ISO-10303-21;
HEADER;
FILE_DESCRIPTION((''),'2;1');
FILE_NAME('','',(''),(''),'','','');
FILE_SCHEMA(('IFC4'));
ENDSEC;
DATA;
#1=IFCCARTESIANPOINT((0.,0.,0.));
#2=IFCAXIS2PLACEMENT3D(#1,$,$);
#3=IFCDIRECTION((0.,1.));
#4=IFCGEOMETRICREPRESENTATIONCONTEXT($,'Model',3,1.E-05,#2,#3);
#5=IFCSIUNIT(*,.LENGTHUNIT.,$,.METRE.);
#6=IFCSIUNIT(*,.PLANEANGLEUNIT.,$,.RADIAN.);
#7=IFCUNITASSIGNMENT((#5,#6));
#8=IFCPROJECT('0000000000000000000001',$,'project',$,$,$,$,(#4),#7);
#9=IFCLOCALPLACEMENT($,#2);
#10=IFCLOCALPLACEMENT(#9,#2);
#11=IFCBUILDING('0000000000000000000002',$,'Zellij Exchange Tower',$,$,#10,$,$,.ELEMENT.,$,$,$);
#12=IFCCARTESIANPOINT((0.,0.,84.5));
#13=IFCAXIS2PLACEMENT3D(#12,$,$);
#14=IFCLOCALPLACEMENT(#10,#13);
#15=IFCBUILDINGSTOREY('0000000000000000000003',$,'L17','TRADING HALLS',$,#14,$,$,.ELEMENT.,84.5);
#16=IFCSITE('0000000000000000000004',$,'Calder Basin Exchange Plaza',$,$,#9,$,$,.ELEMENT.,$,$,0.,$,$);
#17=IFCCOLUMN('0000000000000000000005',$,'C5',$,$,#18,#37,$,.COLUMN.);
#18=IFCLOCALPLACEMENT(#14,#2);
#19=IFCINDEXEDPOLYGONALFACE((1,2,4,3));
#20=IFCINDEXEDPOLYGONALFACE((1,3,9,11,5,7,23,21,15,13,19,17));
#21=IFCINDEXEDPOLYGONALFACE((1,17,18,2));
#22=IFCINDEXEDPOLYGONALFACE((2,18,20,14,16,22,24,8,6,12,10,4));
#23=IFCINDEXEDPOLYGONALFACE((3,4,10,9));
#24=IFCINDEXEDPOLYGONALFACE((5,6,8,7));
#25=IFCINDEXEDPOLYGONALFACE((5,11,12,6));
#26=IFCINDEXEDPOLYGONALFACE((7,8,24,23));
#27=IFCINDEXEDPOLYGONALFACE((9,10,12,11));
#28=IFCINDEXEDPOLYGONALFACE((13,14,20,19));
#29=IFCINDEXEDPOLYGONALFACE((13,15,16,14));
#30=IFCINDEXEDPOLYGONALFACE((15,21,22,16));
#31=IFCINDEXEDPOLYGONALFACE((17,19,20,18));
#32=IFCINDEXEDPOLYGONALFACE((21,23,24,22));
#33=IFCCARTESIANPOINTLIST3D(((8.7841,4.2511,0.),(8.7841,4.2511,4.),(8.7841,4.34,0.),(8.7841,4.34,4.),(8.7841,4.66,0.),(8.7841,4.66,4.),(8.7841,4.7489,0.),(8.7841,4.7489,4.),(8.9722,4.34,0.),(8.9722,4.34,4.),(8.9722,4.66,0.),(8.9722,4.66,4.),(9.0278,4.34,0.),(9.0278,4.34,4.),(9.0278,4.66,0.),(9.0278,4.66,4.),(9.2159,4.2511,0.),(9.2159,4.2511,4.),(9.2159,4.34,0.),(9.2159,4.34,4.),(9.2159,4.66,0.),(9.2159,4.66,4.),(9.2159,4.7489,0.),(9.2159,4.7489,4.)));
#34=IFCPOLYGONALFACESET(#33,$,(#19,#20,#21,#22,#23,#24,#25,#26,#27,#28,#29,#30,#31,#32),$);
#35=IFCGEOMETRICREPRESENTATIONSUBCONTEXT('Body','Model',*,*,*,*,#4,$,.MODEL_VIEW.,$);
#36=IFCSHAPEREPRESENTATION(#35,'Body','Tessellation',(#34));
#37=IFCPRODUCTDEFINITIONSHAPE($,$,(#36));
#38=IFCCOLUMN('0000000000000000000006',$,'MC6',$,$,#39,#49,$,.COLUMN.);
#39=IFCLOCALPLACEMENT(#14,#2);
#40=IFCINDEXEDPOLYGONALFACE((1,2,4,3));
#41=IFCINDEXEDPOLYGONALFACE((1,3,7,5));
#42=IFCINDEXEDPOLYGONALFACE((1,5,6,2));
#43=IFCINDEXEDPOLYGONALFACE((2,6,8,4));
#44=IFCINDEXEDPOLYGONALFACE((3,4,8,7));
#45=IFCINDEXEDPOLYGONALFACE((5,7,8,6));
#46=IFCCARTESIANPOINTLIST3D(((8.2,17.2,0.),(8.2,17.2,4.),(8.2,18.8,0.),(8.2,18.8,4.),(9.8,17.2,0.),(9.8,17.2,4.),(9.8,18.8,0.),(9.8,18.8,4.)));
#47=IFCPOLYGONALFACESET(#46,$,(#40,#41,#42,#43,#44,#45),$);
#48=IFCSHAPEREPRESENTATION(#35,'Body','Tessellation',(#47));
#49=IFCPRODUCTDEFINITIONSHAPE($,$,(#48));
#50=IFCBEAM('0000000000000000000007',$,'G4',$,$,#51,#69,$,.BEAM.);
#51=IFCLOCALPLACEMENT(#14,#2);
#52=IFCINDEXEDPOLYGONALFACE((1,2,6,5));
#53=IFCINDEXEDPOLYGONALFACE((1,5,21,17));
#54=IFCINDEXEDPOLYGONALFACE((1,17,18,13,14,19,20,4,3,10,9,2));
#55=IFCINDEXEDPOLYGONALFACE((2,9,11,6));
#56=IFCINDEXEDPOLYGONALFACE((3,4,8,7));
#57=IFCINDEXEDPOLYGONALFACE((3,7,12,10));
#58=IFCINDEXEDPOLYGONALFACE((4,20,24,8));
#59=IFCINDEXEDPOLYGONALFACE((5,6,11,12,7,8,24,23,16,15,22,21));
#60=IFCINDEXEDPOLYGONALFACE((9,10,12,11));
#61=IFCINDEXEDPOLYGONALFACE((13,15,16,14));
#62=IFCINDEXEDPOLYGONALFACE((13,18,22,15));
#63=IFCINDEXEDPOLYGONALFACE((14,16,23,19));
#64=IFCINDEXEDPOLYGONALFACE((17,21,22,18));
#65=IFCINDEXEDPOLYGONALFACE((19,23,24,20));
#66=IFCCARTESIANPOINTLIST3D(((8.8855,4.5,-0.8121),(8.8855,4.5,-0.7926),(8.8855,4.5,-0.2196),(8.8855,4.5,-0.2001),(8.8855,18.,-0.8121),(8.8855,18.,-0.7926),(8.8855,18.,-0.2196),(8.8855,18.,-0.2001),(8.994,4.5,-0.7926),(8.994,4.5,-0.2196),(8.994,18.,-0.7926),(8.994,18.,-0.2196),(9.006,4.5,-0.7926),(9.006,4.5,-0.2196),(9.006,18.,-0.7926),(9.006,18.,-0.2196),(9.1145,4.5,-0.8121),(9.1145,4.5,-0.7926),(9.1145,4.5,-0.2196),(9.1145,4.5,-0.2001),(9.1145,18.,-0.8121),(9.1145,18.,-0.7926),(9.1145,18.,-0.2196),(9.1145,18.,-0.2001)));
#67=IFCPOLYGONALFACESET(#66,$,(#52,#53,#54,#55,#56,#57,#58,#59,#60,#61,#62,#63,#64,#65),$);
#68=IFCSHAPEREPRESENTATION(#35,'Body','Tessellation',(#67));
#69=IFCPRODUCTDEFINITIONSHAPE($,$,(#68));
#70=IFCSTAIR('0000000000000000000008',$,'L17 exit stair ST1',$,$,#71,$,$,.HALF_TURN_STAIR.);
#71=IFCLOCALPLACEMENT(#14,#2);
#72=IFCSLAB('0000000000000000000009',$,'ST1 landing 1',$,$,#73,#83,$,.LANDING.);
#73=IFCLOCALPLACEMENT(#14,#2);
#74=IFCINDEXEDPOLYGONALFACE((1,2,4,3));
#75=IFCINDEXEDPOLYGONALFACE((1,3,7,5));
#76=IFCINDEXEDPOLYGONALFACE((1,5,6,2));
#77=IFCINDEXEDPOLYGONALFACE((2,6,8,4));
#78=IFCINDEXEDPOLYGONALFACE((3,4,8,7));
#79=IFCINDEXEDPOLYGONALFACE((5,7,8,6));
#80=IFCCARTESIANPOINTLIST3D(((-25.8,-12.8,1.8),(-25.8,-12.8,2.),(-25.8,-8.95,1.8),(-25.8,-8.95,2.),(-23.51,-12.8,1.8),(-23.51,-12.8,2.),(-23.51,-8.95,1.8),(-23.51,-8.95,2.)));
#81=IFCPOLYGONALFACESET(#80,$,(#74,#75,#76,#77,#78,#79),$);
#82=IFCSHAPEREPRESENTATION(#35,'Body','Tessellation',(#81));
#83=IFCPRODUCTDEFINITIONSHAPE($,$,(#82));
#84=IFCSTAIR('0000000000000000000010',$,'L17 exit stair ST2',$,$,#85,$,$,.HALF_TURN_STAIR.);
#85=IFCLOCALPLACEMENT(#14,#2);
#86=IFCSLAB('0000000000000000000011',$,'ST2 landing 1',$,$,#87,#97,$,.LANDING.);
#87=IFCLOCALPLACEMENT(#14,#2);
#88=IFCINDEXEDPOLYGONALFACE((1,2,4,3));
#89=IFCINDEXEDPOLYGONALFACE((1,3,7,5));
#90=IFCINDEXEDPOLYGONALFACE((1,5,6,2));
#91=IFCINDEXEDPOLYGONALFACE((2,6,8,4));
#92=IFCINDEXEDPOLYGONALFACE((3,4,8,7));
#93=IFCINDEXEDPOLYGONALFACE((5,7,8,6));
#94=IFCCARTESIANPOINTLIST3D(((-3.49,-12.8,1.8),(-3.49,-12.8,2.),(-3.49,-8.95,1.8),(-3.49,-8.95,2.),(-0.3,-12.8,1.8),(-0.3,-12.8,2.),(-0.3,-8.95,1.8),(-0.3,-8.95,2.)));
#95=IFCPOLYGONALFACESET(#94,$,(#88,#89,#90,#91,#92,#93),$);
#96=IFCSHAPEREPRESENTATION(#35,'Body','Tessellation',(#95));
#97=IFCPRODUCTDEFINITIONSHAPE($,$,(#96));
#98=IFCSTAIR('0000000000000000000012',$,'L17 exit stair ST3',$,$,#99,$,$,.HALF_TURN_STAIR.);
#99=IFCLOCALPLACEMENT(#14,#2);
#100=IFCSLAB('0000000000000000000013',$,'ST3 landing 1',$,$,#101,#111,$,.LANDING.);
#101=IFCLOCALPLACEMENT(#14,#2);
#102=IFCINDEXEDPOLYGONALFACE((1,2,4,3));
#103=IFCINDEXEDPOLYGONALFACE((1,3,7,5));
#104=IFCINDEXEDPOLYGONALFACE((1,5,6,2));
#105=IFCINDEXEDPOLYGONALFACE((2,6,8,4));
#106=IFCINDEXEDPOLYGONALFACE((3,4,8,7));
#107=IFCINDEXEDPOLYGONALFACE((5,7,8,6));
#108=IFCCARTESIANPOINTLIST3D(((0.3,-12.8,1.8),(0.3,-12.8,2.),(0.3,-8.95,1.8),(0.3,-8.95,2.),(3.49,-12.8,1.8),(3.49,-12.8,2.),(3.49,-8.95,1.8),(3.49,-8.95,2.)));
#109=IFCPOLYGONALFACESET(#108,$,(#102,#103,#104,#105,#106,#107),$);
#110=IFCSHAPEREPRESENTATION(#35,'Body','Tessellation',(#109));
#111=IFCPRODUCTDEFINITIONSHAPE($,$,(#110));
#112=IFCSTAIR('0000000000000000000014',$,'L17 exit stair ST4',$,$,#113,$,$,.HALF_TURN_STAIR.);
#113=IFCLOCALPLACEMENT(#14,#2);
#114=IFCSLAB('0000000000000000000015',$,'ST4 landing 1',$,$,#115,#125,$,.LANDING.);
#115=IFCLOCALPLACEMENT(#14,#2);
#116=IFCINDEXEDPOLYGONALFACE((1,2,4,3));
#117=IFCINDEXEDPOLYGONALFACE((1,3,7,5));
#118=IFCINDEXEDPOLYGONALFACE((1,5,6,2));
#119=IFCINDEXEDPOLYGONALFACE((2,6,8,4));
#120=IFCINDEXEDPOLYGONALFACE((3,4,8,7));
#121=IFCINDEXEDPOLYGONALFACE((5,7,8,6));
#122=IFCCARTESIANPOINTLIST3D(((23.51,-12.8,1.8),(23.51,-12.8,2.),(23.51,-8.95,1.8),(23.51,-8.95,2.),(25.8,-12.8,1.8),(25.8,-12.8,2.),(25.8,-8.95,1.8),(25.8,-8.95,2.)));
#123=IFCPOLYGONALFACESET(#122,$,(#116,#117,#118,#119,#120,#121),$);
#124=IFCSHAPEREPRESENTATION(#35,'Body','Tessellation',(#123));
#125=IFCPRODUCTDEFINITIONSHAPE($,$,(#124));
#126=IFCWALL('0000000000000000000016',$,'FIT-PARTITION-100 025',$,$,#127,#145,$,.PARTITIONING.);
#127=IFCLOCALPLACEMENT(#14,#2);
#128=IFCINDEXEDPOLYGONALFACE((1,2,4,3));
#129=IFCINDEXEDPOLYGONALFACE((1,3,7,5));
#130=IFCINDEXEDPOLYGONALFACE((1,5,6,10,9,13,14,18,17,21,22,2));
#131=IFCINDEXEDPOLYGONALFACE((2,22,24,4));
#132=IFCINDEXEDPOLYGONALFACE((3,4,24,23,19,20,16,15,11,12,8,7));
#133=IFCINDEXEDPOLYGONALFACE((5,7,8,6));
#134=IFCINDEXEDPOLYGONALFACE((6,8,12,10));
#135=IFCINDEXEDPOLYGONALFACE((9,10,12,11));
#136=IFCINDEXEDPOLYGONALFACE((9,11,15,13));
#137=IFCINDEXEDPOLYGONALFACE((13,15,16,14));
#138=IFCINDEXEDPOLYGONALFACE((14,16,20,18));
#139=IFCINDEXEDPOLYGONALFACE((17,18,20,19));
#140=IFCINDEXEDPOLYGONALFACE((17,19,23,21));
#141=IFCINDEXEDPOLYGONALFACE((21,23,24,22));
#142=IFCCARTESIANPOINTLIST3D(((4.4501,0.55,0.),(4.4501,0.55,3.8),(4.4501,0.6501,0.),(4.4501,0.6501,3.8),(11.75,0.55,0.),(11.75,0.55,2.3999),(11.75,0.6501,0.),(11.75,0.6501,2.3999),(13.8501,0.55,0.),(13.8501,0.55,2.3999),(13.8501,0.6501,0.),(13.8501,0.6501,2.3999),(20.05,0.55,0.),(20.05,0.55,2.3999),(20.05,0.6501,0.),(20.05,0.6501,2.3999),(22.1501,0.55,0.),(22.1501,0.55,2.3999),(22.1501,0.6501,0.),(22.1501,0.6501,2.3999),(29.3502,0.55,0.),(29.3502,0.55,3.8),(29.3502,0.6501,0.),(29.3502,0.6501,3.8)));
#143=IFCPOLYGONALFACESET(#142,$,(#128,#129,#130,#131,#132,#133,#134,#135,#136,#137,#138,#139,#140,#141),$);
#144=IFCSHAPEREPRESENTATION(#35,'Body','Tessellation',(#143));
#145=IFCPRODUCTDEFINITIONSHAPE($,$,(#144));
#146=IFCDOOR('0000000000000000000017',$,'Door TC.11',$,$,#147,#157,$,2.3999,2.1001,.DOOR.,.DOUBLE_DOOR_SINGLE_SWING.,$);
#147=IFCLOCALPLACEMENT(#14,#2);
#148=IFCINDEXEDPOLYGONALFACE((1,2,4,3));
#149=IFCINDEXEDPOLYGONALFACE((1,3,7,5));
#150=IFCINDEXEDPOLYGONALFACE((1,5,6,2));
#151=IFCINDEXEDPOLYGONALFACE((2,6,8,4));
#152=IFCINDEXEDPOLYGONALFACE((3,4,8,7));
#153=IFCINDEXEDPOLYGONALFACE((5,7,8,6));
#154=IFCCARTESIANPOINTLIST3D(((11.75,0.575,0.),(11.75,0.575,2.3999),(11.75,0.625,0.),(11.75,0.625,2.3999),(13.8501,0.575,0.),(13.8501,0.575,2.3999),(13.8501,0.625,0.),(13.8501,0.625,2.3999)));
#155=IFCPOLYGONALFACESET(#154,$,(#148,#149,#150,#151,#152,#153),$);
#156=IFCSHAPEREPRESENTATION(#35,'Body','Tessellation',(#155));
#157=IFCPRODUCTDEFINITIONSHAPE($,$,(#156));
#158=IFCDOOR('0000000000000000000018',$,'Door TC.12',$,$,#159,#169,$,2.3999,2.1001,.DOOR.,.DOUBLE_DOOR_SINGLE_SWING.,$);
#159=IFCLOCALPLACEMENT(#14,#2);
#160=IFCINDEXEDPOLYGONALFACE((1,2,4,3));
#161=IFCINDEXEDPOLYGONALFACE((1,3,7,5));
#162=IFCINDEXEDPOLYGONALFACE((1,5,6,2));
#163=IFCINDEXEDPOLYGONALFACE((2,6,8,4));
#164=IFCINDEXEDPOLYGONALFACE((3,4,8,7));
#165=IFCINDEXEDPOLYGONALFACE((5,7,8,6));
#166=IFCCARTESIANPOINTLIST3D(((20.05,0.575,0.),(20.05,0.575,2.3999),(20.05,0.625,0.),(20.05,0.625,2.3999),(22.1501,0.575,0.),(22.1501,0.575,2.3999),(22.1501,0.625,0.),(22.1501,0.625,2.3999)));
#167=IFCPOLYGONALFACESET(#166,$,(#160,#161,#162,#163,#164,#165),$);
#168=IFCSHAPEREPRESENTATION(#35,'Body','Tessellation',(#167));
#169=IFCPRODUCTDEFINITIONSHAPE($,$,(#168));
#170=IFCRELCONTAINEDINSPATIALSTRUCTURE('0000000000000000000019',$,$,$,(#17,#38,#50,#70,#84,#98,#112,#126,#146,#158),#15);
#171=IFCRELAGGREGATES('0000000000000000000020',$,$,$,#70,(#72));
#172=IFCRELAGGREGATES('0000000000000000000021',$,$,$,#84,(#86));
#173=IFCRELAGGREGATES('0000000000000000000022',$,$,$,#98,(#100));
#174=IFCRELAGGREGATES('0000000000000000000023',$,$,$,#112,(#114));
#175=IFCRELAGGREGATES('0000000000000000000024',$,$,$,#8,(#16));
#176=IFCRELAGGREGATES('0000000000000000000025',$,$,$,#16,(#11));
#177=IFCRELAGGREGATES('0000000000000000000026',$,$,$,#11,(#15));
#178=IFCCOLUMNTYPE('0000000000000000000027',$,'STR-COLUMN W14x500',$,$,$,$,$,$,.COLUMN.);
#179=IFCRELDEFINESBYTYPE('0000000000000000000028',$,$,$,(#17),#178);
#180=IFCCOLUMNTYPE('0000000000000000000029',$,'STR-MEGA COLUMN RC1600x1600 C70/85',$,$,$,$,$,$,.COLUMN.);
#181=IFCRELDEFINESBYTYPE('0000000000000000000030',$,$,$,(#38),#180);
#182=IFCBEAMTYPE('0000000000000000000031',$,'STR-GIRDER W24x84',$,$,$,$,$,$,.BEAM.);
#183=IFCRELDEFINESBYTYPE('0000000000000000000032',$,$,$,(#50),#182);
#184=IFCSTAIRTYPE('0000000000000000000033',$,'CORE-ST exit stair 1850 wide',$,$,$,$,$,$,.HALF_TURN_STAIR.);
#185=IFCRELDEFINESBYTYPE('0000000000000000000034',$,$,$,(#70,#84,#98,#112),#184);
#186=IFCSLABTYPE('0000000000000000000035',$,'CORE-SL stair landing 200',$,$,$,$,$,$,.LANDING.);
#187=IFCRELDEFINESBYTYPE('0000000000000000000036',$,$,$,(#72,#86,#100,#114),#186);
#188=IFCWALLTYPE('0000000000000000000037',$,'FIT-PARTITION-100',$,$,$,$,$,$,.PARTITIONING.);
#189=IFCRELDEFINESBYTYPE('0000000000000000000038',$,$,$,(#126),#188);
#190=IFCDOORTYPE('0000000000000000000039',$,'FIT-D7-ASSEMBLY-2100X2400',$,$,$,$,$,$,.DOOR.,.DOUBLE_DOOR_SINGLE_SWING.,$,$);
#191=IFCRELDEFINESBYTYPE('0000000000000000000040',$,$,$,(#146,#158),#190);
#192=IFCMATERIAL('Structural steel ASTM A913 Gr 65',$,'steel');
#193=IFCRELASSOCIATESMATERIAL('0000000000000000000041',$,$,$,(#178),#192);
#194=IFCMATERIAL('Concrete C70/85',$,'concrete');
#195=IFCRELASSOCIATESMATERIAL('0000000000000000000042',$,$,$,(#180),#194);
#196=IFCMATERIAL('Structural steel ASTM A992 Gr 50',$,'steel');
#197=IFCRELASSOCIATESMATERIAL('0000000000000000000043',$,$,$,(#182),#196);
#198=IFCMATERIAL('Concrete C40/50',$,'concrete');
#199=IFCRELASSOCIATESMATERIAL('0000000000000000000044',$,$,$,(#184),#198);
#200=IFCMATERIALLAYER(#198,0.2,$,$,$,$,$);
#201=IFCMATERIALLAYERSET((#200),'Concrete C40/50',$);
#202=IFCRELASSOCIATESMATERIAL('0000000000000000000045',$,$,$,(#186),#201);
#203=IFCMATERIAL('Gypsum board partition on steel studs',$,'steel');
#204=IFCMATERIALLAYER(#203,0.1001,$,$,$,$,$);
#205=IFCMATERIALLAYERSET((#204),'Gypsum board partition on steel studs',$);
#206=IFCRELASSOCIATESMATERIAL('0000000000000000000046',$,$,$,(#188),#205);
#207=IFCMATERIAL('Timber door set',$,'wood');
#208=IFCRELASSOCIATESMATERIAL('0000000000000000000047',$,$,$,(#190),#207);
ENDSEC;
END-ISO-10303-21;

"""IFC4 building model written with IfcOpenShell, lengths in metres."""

from ifc_helpers import new_model, si_unit, direction, frame, frame_2d, origin, origin_2d, place, context, subcontext, project, spatial, polyline, rectangle, i_section, outline, extrude, material, layer, layer_set, material_profile, profile_set, type_object, element, fill, aggregate, save


model = new_model("IFC4")

# Units and contexts
model_context = context("Model", 3, precision=1e-05, world=origin(), true_north=direction((0.0, 1.0)))
body_context = subcontext(model_context, "Body", "Model", "MODEL_VIEW")
ifc_project = project(units=[si_unit("LENGTHUNIT", "METRE"), si_unit("PLANEANGLEUNIT", "RADIAN")], contexts=[model_context])

# Site, building, storey
site_placement = place(None, origin())
site = spatial("IfcSite", under=ifc_project, at=site_placement, Name="Calder Basin Exchange Plaza", CompositionType="ELEMENT", RefElevation=0.0)
building_placement = place(site_placement, origin())
building = spatial("IfcBuilding", under=site, at=building_placement, Name="Zellij Exchange Tower", CompositionType="ELEMENT")
storey_placement = place(building_placement, frame((0.0, 0.0, 84.5)))
storey = spatial("IfcBuildingStorey", under=building, at=storey_placement, Name="L17", Description="TRADING HALLS", CompositionType="ELEMENT", Elevation=84.5)

# Columns
ifc_material_1 = material(Name="Structural steel ASTM A913 Gr 65", Category="steel")
ifc_material_profile_1 = material_profile(ifc_material_1, i_section(OverallWidth=0.4319, OverallDepth=0.4978, WebThickness=0.0557, FlangeThickness=0.0889, at=origin_2d()), Name="W14x500")
ifc_profile_set_1 = profile_set([ifc_material_profile_1], Name="Structural steel ASTM A913 Gr 65")
column_type_1 = type_object("IfcColumnType", Name="STR-COLUMN W14x500", PredefinedType="COLUMN", material=ifc_profile_set_1)
column_1_placement = place(storey_placement, frame((9.0, 4.5, 0.0), z_axis=(0.0, 0.0, 1.0), x_axis=(1.0, 0.0, 0.0)))
element("IfcColumn", 1, at=column_1_placement, inside=storey, type_object=column_type_1, Name="C5", PredefinedType="COLUMN", context=body_context, shape_type="SweptSolid", body=[
    extrude(i_section(OverallWidth=0.4319, OverallDepth=0.4978, WebThickness=0.0557, FlangeThickness=0.0889, at=origin_2d()), origin(), (0.0, 0.0, 1.0), 4.0),
])
ifc_material_2 = material(Name="Concrete C70/85", Category="concrete")
ifc_material_profile_2 = material_profile(ifc_material_2, rectangle(XDim=1.6001, YDim=1.6001, at=origin_2d()), Name="STR-MEGA COLUMN RC1600x1600 C70/85")
ifc_profile_set_2 = profile_set([ifc_material_profile_2], Name="Concrete C70/85")
column_type_2 = type_object("IfcColumnType", Name="STR-MEGA COLUMN RC1600x1600 C70/85", PredefinedType="COLUMN", material=ifc_profile_set_2)
column_2_placement = place(storey_placement, frame((9.0, 18.0, 0.0), z_axis=(0.0, 0.0, 1.0), x_axis=(1.0, 0.0, 0.0)))
element("IfcColumn", 2, at=column_2_placement, inside=storey, type_object=column_type_2, Name="MC6", PredefinedType="COLUMN", context=body_context, shape_type="SweptSolid", body=[
    extrude(rectangle(XDim=1.6001, YDim=1.6001, at=origin_2d()), origin(), (0.0, 0.0, 1.0), 4.0),
])

# Beam
ifc_material_3 = material(Name="Structural steel ASTM A992 Gr 50", Category="steel")
ifc_material_profile_3 = material_profile(ifc_material_3, i_section(OverallWidth=0.229, OverallDepth=0.6121, WebThickness=0.012, FlangeThickness=0.0195, at=origin_2d()), Name="W24x84")
ifc_profile_set_3 = profile_set([ifc_material_profile_3], Name="Structural steel ASTM A992 Gr 50")
beam_type = type_object("IfcBeamType", Name="STR-GIRDER W24x84", PredefinedType="BEAM", material=ifc_profile_set_3)
beam_placement = place(storey_placement, frame((9.0, 4.5, -0.5061), z_axis=(0.0, 1.0, 0.0), x_axis=(-1.0, 0.0, 0.0)))
element("IfcBeam", 3, at=beam_placement, inside=storey, type_object=beam_type, Name="G4", PredefinedType="BEAM", context=body_context, shape_type="SweptSolid", body=[
    extrude(i_section(OverallWidth=0.229, OverallDepth=0.6121, WebThickness=0.012, FlangeThickness=0.0195, at=origin_2d()), origin(), (0.0, 0.0, 1.0), 13.5),
])

# Stairs, slabs
ifc_material_4 = material(Name="Concrete C40/50", Category="concrete")
stair_type = type_object("IfcStairType", Name="CORE-ST exit stair 1850 wide", PredefinedType="HALF_TURN_STAIR", material=ifc_material_4)
stair_1_placement = place(storey_placement, origin())
stair_1 = element("IfcStair", 4, at=stair_1_placement, inside=storey, type_object=stair_type, Name="L17 exit stair ST1", PredefinedType="HALF_TURN_STAIR")
ifc_layer_1 = layer(ifc_material_4, 0.2)
ifc_layer_set_1 = layer_set([ifc_layer_1], Name="Concrete C40/50")
slab_type = type_object("IfcSlabType", Name="CORE-SL stair landing 200", PredefinedType="LANDING", material=ifc_layer_set_1)
slab_1_placement = place(storey_placement, frame((0.0, 0.0, 1.8)))
slab_1 = element("IfcSlab", 5, at=slab_1_placement, type_object=slab_type, Name="ST1 landing 1", PredefinedType="LANDING", context=body_context, shape_type="SweptSolid", body=[
    extrude(outline(polyline([(-23.51, -8.95), (-25.8, -8.95), (-25.8, -12.8), (-23.51, -12.8), (-23.51, -8.95)])), origin(), (0.0, 0.0, 1.0), 0.2),
])
aggregate(stair_1, [slab_1])
stair_2_placement = place(storey_placement, origin())
stair_2 = element("IfcStair", 6, at=stair_2_placement, inside=storey, type_object=stair_type, Name="L17 exit stair ST2", PredefinedType="HALF_TURN_STAIR")
slab_2_placement = place(storey_placement, frame((0.0, 0.0, 1.8)))
slab_2 = element("IfcSlab", 7, at=slab_2_placement, type_object=slab_type, Name="ST2 landing 1", PredefinedType="LANDING", context=body_context, shape_type="SweptSolid", body=[
    extrude(outline(polyline([(-3.49, -12.8), (-0.3, -12.8), (-0.3, -8.95), (-3.49, -8.95), (-3.49, -12.8)])), origin(), (0.0, 0.0, 1.0), 0.2),
])
aggregate(stair_2, [slab_2])
stair_3_placement = place(storey_placement, origin())
stair_3 = element("IfcStair", 8, at=stair_3_placement, inside=storey, type_object=stair_type, Name="L17 exit stair ST3", PredefinedType="HALF_TURN_STAIR")
slab_3_placement = place(storey_placement, frame((0.0, 0.0, 1.8)))
slab_3 = element("IfcSlab", 9, at=slab_3_placement, type_object=slab_type, Name="ST3 landing 1", PredefinedType="LANDING", context=body_context, shape_type="SweptSolid", body=[
    extrude(outline(polyline([(3.49, -8.95), (0.3, -8.95), (0.3, -12.8), (3.49, -12.8), (3.49, -8.95)])), origin(), (0.0, 0.0, 1.0), 0.2),
])
aggregate(stair_3, [slab_3])
stair_4_placement = place(storey_placement, origin())
stair_4 = element("IfcStair", 10, at=stair_4_placement, inside=storey, type_object=stair_type, Name="L17 exit stair ST4", PredefinedType="HALF_TURN_STAIR")
slab_4_placement = place(storey_placement, frame((0.0, 0.0, 1.8)))
slab_4 = element("IfcSlab", 11, at=slab_4_placement, type_object=slab_type, Name="ST4 landing 1", PredefinedType="LANDING", context=body_context, shape_type="SweptSolid", body=[
    extrude(outline(polyline([(23.51, -12.8), (25.8, -12.8), (25.8, -8.95), (23.51, -8.95), (23.51, -12.8)])), origin(), (0.0, 0.0, 1.0), 0.2),
])
aggregate(stair_4, [slab_4])

# Wall, openings, doors
ifc_material_5 = material(Name="Gypsum board partition on steel studs", Category="steel")
ifc_layer_2 = layer(ifc_material_5, 0.1001)
ifc_layer_set_2 = layer_set([ifc_layer_2], Name="Gypsum board partition on steel studs")
wall_type = type_object("IfcWallType", Name="FIT-PARTITION-100", PredefinedType="PARTITIONING", material=ifc_layer_set_2)
wall_1_placement = place(storey_placement, frame((4.45, 0.6001, 0.0), z_axis=(0.0, 0.0, 1.0), x_axis=(1.0, 0.0, 0.0)))
wall_1 = element("IfcWall", 12, at=wall_1_placement, inside=storey, type_object=wall_type, Name="FIT-PARTITION-100 025", PredefinedType="PARTITIONING", context=body_context, shape_type="SweptSolid", body=[
    extrude(rectangle(XDim=24.9001, YDim=0.1001, at=frame_2d((12.4502, 0.0))), origin(), (0.0, 0.0, 1.0), 3.8),
])
opening_1_placement = place(wall_1_placement, frame((7.3, 0.0, 0.0)))
opening_1 = element("IfcOpeningElement", 13, at=opening_1_placement, cuts=wall_1, PredefinedType="OPENING", context=body_context, shape_type="SweptSolid", body=[
    extrude(rectangle(XDim=2.1001, YDim=2.3999, at=frame_2d((1.05, 1.2))), frame((0.0, 0.062, 0.0), z_axis=(0.0, -1.0, 0.0), x_axis=(1.0, 0.0, 0.0)), (0.0, 0.0, 1.0), 0.124),
])
opening_2_placement = place(wall_1_placement, frame((15.6001, 0.0, 0.0)))
opening_2 = element("IfcOpeningElement", 14, at=opening_2_placement, cuts=wall_1, PredefinedType="OPENING", context=body_context, shape_type="SweptSolid", body=[
    extrude(rectangle(XDim=2.1001, YDim=2.3999, at=frame_2d((1.05, 1.2))), frame((0.0, 0.062, 0.0), z_axis=(0.0, -1.0, 0.0), x_axis=(1.0, 0.0, 0.0)), (0.0, 0.0, 1.0), 0.124),
])
ifc_material_6 = material(Name="Timber door set", Category="wood")
door_type_1 = type_object("IfcDoorType", Name="FIT-D7-ASSEMBLY-2100X2400", OperationType="DOUBLE_DOOR_SINGLE_SWING", PredefinedType="DOOR", material=ifc_material_6)
door_1_placement = place(opening_1_placement, origin())
door_1 = element("IfcDoor", 15, at=door_1_placement, inside=storey, type_object=door_type_1, Name="Door TC.11", OperationType="DOUBLE_DOOR_SINGLE_SWING", OverallHeight=2.3999, OverallWidth=2.1001, PredefinedType="DOOR", context=body_context, shape_type="SweptSolid", body=[
    extrude(rectangle(XDim=2.1001, YDim=2.3999, at=frame_2d((1.05, 1.2))), frame((0.0, 0.0249, 0.0), z_axis=(0.0, -1.0, 0.0), x_axis=(1.0, 0.0, 0.0)), (0.0, 0.0, 1.0), 0.05),
])
fill(opening_1, door_1)
door_2_placement = place(opening_2_placement, origin())
door_2 = element("IfcDoor", 16, at=door_2_placement, inside=storey, type_object=door_type_1, Name="Door TC.12", OperationType="DOUBLE_DOOR_SINGLE_SWING", OverallHeight=2.3999, OverallWidth=2.1001, PredefinedType="DOOR", context=body_context, shape_type="SweptSolid", body=[
    extrude(rectangle(XDim=2.1001, YDim=2.3999, at=frame_2d((1.05, 1.2))), frame((0.0, 0.0249, 0.0), z_axis=(0.0, -1.0, 0.0), x_axis=(1.0, 0.0, 0.0)), (0.0, 0.0, 1.0), 0.05),
])
fill(opening_2, door_2)

save(model, "model.ifc")
